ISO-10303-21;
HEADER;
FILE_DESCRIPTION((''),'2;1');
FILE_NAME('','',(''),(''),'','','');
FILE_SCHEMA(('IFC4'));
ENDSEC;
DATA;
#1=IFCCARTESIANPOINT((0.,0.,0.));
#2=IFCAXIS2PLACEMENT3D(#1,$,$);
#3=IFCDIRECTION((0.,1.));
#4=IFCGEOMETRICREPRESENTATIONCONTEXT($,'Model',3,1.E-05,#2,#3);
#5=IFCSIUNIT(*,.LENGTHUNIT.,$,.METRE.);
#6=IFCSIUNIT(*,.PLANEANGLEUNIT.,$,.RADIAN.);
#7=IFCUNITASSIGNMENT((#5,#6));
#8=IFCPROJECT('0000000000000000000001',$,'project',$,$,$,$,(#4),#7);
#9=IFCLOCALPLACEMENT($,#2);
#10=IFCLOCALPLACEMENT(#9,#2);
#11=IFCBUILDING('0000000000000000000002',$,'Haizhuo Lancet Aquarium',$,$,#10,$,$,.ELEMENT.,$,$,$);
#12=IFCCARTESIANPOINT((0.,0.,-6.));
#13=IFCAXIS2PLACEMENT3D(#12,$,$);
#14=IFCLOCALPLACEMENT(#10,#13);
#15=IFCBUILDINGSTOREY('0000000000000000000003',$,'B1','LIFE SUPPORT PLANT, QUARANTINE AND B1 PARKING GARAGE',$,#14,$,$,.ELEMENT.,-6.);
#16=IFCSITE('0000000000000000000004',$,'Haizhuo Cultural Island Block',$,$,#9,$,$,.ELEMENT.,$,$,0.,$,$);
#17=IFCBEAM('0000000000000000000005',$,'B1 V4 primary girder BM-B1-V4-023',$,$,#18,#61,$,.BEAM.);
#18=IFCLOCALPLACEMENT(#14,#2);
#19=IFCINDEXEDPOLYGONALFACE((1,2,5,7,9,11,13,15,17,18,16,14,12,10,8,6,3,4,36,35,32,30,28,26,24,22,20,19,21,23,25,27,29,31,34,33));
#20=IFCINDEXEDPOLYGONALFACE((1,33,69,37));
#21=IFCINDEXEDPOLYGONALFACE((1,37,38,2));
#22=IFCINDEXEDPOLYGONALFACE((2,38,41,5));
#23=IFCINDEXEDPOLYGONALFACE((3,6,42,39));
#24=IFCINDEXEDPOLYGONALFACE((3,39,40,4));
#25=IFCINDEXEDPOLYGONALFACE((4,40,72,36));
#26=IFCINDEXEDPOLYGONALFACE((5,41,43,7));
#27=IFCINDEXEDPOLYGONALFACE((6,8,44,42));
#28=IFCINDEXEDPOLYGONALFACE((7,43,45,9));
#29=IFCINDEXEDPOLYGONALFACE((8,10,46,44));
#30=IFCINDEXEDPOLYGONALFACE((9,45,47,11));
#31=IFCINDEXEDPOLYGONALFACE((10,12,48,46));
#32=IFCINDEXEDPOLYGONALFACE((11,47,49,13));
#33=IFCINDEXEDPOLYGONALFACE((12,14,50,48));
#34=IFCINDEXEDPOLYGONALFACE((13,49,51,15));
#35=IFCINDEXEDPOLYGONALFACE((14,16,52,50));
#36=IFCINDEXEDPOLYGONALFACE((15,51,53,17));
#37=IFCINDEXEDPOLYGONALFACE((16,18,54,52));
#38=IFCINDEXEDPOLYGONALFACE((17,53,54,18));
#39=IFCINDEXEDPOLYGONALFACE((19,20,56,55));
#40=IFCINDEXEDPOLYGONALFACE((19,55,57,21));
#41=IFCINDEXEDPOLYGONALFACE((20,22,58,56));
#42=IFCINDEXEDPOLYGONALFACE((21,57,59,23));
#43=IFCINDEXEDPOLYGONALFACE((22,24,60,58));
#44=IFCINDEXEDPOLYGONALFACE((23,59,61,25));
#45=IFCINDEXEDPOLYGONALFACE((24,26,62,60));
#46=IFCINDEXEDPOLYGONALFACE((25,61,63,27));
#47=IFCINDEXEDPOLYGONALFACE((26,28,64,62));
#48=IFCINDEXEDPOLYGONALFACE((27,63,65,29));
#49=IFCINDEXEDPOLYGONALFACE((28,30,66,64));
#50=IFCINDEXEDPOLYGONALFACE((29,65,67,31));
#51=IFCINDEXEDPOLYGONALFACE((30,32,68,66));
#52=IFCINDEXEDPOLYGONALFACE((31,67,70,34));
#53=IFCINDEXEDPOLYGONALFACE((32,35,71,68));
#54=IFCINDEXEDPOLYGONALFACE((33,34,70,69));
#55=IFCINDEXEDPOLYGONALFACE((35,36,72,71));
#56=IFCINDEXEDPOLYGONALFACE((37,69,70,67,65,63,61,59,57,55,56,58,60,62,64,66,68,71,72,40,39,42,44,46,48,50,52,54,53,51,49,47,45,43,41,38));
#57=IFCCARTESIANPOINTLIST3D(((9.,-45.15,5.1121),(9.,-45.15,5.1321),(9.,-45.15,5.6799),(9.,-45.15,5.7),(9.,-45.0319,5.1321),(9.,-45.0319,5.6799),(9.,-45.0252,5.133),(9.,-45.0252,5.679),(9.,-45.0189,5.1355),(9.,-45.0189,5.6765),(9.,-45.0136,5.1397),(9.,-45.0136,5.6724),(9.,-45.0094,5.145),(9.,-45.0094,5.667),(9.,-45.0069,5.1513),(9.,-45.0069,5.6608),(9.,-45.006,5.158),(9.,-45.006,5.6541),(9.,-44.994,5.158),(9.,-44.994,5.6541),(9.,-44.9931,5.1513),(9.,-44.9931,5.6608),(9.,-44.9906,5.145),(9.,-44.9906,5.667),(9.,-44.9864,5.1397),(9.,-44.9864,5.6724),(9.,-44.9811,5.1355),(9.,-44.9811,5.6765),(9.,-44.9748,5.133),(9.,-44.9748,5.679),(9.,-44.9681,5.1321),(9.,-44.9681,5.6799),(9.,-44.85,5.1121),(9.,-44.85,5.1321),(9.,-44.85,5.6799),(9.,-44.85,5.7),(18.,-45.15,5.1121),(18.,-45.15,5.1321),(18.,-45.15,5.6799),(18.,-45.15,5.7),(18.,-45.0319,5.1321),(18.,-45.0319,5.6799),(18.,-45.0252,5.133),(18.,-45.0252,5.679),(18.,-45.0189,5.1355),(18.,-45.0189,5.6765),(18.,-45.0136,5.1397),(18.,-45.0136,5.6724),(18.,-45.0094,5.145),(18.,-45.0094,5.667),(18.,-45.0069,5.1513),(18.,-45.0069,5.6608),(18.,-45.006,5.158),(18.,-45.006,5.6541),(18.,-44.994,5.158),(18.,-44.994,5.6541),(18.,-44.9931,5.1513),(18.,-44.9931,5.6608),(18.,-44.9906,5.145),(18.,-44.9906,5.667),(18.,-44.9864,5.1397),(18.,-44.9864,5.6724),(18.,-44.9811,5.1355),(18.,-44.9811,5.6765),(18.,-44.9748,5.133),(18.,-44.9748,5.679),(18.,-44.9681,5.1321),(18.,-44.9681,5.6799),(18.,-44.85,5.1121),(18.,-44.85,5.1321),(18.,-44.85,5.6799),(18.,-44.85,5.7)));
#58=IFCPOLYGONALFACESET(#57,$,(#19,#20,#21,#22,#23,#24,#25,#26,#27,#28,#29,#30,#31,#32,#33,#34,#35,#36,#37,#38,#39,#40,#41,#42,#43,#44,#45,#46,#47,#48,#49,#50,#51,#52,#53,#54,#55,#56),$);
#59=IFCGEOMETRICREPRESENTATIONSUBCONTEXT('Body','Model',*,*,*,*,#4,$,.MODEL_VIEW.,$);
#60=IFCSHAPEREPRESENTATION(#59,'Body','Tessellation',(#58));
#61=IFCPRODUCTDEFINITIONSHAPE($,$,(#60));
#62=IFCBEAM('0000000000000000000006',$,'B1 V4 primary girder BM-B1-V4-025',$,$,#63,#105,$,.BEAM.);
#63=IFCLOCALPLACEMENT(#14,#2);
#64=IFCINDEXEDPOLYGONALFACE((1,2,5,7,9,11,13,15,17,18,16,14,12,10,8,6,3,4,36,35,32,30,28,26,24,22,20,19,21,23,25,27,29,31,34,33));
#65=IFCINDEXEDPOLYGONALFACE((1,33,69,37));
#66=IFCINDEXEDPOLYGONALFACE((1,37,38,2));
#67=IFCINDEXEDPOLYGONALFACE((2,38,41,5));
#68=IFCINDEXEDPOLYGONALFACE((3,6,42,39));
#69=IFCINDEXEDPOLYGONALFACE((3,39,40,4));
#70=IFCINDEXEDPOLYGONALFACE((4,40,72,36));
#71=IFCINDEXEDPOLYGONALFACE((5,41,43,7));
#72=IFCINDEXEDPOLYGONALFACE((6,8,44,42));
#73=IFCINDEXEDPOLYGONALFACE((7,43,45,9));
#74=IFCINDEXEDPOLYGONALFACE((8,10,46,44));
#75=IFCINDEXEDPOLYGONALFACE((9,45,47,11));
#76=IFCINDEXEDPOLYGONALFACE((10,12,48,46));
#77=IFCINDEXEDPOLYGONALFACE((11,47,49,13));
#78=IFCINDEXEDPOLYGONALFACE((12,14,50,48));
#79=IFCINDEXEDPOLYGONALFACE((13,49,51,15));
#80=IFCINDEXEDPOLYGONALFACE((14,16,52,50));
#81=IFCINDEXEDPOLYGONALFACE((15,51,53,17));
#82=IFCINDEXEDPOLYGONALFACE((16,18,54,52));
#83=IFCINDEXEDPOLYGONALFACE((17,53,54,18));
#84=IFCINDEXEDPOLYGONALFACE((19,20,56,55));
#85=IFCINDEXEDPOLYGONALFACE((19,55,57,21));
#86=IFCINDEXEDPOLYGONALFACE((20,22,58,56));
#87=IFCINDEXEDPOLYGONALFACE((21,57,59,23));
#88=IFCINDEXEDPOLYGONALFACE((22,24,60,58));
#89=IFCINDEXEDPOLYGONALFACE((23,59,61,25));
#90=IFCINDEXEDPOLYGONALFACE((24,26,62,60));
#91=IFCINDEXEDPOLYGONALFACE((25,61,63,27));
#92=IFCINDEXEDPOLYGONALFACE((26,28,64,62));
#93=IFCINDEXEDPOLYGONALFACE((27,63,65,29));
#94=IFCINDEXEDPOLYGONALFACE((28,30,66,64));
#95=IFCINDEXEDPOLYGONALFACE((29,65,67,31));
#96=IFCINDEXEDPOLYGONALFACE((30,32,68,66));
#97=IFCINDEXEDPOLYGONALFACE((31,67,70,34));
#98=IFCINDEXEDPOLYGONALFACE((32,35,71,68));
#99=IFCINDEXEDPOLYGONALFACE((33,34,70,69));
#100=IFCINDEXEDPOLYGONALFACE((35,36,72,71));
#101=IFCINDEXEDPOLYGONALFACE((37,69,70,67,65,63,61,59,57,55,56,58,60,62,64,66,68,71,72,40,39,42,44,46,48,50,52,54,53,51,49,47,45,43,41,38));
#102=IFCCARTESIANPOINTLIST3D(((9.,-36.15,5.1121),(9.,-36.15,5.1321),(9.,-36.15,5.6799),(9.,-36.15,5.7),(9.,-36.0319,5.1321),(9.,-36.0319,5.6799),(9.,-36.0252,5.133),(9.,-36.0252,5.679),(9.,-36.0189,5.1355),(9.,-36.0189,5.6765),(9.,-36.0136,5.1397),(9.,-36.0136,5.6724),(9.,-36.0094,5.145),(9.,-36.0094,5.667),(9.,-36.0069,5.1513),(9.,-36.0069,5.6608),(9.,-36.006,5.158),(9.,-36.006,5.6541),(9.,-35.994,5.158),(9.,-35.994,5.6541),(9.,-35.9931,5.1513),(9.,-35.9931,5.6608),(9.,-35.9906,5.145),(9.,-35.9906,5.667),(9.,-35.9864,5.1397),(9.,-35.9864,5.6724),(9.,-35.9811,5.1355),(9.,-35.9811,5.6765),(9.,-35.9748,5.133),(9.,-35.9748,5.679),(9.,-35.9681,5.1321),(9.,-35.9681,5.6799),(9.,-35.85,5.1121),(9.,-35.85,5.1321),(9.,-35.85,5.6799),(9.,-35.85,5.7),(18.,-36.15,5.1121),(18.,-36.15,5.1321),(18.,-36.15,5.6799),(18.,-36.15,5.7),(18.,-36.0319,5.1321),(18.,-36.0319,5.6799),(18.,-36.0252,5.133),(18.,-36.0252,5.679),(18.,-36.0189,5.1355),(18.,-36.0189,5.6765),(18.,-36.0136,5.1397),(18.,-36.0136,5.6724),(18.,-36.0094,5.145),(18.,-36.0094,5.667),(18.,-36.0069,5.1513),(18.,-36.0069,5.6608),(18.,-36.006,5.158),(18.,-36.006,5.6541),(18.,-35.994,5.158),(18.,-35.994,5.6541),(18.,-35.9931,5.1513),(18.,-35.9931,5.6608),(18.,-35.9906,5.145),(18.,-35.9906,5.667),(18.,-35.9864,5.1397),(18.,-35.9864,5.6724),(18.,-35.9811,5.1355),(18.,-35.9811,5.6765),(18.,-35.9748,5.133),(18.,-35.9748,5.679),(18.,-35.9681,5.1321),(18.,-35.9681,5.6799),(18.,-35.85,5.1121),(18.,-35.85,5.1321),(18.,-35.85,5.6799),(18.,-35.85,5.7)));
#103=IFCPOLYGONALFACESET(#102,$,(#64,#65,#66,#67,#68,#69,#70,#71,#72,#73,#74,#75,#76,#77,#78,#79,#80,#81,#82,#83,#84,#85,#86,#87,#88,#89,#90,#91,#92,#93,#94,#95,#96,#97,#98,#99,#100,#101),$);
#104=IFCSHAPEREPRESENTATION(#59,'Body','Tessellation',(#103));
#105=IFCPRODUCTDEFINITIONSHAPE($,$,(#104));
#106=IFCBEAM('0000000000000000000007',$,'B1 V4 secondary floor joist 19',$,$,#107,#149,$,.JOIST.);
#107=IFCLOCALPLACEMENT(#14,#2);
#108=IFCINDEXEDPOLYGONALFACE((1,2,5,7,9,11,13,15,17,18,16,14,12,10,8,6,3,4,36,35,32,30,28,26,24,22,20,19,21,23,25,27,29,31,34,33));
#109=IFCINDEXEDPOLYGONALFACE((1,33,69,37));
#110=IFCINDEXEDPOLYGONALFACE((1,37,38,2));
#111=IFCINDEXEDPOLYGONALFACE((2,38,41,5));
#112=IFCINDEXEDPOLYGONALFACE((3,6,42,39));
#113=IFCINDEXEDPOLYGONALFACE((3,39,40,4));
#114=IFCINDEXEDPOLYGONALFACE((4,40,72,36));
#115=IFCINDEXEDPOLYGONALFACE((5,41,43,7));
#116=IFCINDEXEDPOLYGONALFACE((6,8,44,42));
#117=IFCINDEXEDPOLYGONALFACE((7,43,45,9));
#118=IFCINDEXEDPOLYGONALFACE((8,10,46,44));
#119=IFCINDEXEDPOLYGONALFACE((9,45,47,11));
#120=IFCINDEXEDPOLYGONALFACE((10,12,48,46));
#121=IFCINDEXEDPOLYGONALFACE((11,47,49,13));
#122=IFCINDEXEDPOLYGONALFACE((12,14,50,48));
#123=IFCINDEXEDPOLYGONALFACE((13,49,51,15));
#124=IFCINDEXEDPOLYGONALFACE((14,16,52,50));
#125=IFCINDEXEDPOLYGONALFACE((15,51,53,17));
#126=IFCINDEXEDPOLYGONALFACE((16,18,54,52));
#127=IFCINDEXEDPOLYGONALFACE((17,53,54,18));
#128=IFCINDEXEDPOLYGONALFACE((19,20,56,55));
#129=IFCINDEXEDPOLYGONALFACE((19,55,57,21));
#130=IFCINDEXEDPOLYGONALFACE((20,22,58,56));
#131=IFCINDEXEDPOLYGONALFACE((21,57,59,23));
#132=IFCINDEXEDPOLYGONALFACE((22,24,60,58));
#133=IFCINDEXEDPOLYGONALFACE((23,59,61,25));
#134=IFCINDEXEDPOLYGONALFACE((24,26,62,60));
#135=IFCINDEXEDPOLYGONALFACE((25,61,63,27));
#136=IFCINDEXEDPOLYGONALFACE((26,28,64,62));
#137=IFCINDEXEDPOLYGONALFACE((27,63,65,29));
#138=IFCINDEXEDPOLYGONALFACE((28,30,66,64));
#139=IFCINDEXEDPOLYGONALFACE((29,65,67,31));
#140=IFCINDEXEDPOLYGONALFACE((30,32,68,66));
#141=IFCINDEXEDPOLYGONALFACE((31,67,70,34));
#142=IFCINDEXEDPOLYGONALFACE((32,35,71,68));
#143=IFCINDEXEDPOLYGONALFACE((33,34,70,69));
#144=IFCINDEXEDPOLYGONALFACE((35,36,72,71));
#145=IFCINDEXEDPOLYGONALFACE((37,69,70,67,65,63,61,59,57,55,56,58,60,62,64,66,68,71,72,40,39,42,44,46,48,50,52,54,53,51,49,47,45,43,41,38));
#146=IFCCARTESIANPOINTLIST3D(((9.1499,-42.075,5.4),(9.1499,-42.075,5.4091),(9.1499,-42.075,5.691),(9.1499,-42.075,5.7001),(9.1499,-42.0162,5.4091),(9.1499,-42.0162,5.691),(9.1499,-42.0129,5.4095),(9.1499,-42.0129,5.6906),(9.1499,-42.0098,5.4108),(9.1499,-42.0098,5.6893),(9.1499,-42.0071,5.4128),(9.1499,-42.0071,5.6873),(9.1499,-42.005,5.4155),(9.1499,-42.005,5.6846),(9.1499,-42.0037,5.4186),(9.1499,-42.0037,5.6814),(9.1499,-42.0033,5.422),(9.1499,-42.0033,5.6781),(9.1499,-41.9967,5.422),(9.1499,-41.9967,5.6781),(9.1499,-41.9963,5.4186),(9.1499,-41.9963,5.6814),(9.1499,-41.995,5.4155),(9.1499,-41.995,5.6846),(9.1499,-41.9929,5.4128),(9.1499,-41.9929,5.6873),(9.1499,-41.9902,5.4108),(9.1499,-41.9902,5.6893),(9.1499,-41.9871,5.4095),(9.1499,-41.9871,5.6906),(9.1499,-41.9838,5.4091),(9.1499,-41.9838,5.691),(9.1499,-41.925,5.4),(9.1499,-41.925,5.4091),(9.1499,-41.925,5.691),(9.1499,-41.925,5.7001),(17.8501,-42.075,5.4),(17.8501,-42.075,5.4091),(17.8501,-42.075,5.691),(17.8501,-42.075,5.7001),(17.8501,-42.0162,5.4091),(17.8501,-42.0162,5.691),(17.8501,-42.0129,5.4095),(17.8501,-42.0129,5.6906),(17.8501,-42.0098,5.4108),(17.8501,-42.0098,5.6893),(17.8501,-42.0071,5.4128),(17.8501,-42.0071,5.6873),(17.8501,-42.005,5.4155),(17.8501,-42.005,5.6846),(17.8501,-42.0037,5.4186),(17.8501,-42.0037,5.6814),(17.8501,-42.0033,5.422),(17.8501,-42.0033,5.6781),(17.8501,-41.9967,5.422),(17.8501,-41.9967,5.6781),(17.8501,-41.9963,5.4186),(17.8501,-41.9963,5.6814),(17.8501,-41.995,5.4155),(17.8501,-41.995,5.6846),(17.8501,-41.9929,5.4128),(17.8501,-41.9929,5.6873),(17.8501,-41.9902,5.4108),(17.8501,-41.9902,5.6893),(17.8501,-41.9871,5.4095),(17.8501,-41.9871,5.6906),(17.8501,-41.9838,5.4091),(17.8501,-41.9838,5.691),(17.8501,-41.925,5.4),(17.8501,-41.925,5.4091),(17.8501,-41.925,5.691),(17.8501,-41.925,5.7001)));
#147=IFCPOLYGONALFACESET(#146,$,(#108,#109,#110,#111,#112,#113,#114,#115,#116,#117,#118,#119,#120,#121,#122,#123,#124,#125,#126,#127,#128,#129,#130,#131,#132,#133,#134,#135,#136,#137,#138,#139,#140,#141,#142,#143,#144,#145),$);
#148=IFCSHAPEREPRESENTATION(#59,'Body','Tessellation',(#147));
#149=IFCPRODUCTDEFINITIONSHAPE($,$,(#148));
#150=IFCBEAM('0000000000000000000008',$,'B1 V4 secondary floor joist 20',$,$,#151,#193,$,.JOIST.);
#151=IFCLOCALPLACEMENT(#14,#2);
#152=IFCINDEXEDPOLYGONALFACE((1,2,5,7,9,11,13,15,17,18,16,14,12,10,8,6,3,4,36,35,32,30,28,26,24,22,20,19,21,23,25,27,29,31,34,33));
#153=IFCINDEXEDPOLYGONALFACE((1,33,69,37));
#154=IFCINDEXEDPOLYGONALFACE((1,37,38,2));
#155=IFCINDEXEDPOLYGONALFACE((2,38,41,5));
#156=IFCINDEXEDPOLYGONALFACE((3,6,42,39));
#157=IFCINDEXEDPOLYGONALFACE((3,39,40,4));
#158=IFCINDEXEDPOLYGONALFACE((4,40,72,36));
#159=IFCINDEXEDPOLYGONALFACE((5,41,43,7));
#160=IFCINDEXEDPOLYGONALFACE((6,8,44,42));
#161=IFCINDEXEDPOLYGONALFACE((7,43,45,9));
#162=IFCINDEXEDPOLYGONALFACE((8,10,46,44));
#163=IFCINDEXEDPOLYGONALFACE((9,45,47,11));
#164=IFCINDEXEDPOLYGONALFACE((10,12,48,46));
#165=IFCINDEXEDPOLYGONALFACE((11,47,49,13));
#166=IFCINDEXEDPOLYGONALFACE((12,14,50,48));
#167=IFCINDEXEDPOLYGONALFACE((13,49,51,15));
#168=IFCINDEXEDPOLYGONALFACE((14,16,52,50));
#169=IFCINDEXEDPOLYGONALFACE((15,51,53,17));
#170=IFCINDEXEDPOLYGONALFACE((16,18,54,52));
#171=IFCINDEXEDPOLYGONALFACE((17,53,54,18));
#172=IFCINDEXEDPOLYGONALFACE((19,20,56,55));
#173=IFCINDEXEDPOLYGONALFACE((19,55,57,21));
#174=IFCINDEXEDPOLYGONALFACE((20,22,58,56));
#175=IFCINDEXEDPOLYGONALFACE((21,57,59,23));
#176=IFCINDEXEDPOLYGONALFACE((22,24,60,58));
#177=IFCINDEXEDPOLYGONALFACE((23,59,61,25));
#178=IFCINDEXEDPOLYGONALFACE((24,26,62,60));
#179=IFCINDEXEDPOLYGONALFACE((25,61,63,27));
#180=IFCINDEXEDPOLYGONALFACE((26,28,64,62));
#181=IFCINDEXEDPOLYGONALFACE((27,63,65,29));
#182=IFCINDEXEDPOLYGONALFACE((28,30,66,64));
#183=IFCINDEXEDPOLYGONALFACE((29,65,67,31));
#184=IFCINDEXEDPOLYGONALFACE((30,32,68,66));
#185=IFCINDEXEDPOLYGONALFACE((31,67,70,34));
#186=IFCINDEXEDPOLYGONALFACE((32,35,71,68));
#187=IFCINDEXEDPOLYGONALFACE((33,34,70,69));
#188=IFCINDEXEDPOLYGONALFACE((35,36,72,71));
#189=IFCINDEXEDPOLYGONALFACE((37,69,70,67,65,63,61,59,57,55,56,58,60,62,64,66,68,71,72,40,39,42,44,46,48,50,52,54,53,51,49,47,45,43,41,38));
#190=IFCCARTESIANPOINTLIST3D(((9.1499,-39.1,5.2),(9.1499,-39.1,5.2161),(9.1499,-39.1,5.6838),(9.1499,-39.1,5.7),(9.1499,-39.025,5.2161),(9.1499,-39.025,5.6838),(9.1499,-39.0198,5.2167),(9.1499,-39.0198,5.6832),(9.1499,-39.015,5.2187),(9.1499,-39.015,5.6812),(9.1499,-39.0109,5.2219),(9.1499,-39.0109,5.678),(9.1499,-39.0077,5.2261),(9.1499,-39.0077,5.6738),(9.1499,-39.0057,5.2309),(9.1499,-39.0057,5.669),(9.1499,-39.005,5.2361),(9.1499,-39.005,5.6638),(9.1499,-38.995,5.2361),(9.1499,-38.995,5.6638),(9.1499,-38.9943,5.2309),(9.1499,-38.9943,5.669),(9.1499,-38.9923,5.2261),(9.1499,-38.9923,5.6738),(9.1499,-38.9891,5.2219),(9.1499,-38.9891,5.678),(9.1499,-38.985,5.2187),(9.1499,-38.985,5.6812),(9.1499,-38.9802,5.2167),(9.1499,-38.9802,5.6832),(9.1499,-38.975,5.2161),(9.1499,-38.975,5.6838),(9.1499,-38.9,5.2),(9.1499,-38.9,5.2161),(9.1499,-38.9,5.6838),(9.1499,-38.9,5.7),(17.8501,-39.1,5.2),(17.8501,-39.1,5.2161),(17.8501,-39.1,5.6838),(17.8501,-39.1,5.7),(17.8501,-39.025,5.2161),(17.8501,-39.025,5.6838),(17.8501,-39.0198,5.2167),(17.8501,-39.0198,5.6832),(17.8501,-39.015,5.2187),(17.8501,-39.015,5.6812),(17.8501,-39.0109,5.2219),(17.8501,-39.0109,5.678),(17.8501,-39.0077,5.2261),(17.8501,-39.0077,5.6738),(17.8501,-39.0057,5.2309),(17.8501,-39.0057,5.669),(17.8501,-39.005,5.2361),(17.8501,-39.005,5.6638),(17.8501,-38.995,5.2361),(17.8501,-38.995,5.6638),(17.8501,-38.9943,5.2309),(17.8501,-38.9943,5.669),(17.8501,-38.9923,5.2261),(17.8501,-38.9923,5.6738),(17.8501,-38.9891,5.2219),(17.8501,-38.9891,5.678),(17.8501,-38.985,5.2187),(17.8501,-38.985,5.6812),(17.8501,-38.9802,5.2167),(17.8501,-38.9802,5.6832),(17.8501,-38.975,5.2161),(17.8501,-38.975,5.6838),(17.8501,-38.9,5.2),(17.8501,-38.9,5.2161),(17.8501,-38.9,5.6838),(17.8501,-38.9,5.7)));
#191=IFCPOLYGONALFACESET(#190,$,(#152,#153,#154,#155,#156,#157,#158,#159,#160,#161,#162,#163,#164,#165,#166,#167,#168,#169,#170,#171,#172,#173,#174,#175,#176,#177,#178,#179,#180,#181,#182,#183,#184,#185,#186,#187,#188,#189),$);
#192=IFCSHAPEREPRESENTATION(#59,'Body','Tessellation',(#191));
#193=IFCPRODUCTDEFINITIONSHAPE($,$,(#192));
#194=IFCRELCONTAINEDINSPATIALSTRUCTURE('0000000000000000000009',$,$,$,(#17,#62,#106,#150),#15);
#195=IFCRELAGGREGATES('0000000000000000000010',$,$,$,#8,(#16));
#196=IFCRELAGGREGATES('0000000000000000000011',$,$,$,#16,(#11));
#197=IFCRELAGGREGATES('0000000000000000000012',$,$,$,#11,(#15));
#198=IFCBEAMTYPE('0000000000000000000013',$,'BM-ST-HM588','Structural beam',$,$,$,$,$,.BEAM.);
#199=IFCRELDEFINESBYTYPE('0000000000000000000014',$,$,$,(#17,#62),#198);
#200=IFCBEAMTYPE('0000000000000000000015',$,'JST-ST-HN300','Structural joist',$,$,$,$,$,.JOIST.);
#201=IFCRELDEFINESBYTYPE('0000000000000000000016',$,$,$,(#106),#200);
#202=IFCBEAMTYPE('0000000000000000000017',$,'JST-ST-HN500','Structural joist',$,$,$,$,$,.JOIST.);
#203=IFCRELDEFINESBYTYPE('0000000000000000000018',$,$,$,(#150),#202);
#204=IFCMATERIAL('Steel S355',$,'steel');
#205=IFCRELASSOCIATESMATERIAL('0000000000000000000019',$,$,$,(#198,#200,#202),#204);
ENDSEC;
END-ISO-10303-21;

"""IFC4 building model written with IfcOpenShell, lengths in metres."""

from ifc_helpers import new_model, si_unit, direction, frame, origin, origin_2d, place, context, subcontext, project, spatial, i_section, extrude, material, material_profile, profile_set, type_object, element, save


model = new_model("IFC4")

# Units and contexts
model_context = context("Model", 3, precision=1e-05, world=origin(), true_north=direction((0.0, 1.0)))
body_context = subcontext(model_context, "Body", "Model", "MODEL_VIEW")
ifc_project = project(units=[si_unit("LENGTHUNIT", "METRE"), si_unit("PLANEANGLEUNIT", "RADIAN")], contexts=[model_context])

# Site, building, storey
site_placement = place(None, origin())
site = spatial("IfcSite", under=ifc_project, at=site_placement, Name="Haizhuo Cultural Island Block", CompositionType="ELEMENT", RefElevation=0.0)
building_placement = place(site_placement, origin())
building = spatial("IfcBuilding", under=site, at=building_placement, Name="Haizhuo Lancet Aquarium", CompositionType="ELEMENT")
storey_placement = place(building_placement, frame((0.0, 0.0, -6.0)))
storey = spatial("IfcBuildingStorey", under=building, at=storey_placement, Name="B1", Description="LIFE SUPPORT PLANT, QUARANTINE AND B1 PARKING GARAGE", CompositionType="ELEMENT", Elevation=-6.0)

# Shared definitions
ifc_material_1 = material(Name="Steel S355", Category="steel")

# Beams
ifc_material_profile_1 = material_profile(ifc_material_1, i_section(OverallWidth=0.3, OverallDepth=0.5879, WebThickness=0.012, FlangeThickness=0.02, FilletRadius=0.0259, at=origin_2d()), Name="HM 588x300x12x20")
ifc_profile_set_1 = profile_set([ifc_material_profile_1], Name="Steel S355")
beam_type_1 = type_object("IfcBeamType", Name="BM-ST-HM588", Description="Structural beam", PredefinedType="BEAM", material=ifc_profile_set_1)
for number, where, z_axis, x_axis, name in (
    (1, (9.0, -45.0, 5.406), (1.0, 0.0, 0.0), (0.0, 1.0, 0.0), "B1 V4 primary girder BM-B1-V4-023"),
    (2, (9.0, -36.0, 5.406), (1.0, 0.0, 0.0), (0.0, 1.0, 0.0), "B1 V4 primary girder BM-B1-V4-025"),
):
    element("IfcBeam", number, at=place(storey_placement, frame(where, z_axis=z_axis, x_axis=x_axis)), inside=storey, type_object=beam_type_1, Name=name, PredefinedType="BEAM", context=body_context, shape_type="SweptSolid", body=[
        extrude(i_section(OverallWidth=0.3, OverallDepth=0.5879, WebThickness=0.012, FlangeThickness=0.02, FilletRadius=0.0259, at=origin_2d()), origin(), (0.0, 0.0, 1.0), 9.0),
    ])
ifc_material_profile_2 = material_profile(ifc_material_1, i_section(OverallWidth=0.1499, OverallDepth=0.3, WebThickness=0.0066, FlangeThickness=0.009, FilletRadius=0.0129, at=origin_2d()), Name="HN 300x150x6.5x9")
ifc_profile_set_2 = profile_set([ifc_material_profile_2], Name="Steel S355")
beam_type_2 = type_object("IfcBeamType", Name="JST-ST-HN300", Description="Structural joist", PredefinedType="JOIST", material=ifc_profile_set_2)
beam_1_placement = place(storey_placement, frame((9.1499, -42.0, 5.55), z_axis=(1.0, 0.0, 0.0), x_axis=(0.0, 1.0, 0.0)))
element("IfcBeam", 3, at=beam_1_placement, inside=storey, type_object=beam_type_2, Name="B1 V4 secondary floor joist 19", PredefinedType="JOIST", context=body_context, shape_type="SweptSolid", body=[
    extrude(i_section(OverallWidth=0.1499, OverallDepth=0.3, WebThickness=0.0066, FlangeThickness=0.009, FilletRadius=0.0129, at=origin_2d()), origin(), (0.0, 0.0, 1.0), 8.7002),
])
ifc_material_profile_3 = material_profile(ifc_material_1, i_section(OverallWidth=0.2, OverallDepth=0.5, WebThickness=0.01, FlangeThickness=0.0161, FilletRadius=0.02, at=origin_2d()), Name="HN 500x200x10x16")
ifc_profile_set_3 = profile_set([ifc_material_profile_3], Name="Steel S355")
beam_type_3 = type_object("IfcBeamType", Name="JST-ST-HN500", Description="Structural joist", PredefinedType="JOIST", material=ifc_profile_set_3)
beam_2_placement = place(storey_placement, frame((9.1499, -39.0, 5.45), z_axis=(1.0, 0.0, 0.0), x_axis=(0.0, 1.0, 0.0)))
element("IfcBeam", 4, at=beam_2_placement, inside=storey, type_object=beam_type_3, Name="B1 V4 secondary floor joist 20", PredefinedType="JOIST", context=body_context, shape_type="SweptSolid", body=[
    extrude(i_section(OverallWidth=0.2, OverallDepth=0.5, WebThickness=0.01, FlangeThickness=0.0161, FilletRadius=0.02, at=origin_2d()), origin(), (0.0, 0.0, 1.0), 8.7002),
])

save(model, "model.ifc")
